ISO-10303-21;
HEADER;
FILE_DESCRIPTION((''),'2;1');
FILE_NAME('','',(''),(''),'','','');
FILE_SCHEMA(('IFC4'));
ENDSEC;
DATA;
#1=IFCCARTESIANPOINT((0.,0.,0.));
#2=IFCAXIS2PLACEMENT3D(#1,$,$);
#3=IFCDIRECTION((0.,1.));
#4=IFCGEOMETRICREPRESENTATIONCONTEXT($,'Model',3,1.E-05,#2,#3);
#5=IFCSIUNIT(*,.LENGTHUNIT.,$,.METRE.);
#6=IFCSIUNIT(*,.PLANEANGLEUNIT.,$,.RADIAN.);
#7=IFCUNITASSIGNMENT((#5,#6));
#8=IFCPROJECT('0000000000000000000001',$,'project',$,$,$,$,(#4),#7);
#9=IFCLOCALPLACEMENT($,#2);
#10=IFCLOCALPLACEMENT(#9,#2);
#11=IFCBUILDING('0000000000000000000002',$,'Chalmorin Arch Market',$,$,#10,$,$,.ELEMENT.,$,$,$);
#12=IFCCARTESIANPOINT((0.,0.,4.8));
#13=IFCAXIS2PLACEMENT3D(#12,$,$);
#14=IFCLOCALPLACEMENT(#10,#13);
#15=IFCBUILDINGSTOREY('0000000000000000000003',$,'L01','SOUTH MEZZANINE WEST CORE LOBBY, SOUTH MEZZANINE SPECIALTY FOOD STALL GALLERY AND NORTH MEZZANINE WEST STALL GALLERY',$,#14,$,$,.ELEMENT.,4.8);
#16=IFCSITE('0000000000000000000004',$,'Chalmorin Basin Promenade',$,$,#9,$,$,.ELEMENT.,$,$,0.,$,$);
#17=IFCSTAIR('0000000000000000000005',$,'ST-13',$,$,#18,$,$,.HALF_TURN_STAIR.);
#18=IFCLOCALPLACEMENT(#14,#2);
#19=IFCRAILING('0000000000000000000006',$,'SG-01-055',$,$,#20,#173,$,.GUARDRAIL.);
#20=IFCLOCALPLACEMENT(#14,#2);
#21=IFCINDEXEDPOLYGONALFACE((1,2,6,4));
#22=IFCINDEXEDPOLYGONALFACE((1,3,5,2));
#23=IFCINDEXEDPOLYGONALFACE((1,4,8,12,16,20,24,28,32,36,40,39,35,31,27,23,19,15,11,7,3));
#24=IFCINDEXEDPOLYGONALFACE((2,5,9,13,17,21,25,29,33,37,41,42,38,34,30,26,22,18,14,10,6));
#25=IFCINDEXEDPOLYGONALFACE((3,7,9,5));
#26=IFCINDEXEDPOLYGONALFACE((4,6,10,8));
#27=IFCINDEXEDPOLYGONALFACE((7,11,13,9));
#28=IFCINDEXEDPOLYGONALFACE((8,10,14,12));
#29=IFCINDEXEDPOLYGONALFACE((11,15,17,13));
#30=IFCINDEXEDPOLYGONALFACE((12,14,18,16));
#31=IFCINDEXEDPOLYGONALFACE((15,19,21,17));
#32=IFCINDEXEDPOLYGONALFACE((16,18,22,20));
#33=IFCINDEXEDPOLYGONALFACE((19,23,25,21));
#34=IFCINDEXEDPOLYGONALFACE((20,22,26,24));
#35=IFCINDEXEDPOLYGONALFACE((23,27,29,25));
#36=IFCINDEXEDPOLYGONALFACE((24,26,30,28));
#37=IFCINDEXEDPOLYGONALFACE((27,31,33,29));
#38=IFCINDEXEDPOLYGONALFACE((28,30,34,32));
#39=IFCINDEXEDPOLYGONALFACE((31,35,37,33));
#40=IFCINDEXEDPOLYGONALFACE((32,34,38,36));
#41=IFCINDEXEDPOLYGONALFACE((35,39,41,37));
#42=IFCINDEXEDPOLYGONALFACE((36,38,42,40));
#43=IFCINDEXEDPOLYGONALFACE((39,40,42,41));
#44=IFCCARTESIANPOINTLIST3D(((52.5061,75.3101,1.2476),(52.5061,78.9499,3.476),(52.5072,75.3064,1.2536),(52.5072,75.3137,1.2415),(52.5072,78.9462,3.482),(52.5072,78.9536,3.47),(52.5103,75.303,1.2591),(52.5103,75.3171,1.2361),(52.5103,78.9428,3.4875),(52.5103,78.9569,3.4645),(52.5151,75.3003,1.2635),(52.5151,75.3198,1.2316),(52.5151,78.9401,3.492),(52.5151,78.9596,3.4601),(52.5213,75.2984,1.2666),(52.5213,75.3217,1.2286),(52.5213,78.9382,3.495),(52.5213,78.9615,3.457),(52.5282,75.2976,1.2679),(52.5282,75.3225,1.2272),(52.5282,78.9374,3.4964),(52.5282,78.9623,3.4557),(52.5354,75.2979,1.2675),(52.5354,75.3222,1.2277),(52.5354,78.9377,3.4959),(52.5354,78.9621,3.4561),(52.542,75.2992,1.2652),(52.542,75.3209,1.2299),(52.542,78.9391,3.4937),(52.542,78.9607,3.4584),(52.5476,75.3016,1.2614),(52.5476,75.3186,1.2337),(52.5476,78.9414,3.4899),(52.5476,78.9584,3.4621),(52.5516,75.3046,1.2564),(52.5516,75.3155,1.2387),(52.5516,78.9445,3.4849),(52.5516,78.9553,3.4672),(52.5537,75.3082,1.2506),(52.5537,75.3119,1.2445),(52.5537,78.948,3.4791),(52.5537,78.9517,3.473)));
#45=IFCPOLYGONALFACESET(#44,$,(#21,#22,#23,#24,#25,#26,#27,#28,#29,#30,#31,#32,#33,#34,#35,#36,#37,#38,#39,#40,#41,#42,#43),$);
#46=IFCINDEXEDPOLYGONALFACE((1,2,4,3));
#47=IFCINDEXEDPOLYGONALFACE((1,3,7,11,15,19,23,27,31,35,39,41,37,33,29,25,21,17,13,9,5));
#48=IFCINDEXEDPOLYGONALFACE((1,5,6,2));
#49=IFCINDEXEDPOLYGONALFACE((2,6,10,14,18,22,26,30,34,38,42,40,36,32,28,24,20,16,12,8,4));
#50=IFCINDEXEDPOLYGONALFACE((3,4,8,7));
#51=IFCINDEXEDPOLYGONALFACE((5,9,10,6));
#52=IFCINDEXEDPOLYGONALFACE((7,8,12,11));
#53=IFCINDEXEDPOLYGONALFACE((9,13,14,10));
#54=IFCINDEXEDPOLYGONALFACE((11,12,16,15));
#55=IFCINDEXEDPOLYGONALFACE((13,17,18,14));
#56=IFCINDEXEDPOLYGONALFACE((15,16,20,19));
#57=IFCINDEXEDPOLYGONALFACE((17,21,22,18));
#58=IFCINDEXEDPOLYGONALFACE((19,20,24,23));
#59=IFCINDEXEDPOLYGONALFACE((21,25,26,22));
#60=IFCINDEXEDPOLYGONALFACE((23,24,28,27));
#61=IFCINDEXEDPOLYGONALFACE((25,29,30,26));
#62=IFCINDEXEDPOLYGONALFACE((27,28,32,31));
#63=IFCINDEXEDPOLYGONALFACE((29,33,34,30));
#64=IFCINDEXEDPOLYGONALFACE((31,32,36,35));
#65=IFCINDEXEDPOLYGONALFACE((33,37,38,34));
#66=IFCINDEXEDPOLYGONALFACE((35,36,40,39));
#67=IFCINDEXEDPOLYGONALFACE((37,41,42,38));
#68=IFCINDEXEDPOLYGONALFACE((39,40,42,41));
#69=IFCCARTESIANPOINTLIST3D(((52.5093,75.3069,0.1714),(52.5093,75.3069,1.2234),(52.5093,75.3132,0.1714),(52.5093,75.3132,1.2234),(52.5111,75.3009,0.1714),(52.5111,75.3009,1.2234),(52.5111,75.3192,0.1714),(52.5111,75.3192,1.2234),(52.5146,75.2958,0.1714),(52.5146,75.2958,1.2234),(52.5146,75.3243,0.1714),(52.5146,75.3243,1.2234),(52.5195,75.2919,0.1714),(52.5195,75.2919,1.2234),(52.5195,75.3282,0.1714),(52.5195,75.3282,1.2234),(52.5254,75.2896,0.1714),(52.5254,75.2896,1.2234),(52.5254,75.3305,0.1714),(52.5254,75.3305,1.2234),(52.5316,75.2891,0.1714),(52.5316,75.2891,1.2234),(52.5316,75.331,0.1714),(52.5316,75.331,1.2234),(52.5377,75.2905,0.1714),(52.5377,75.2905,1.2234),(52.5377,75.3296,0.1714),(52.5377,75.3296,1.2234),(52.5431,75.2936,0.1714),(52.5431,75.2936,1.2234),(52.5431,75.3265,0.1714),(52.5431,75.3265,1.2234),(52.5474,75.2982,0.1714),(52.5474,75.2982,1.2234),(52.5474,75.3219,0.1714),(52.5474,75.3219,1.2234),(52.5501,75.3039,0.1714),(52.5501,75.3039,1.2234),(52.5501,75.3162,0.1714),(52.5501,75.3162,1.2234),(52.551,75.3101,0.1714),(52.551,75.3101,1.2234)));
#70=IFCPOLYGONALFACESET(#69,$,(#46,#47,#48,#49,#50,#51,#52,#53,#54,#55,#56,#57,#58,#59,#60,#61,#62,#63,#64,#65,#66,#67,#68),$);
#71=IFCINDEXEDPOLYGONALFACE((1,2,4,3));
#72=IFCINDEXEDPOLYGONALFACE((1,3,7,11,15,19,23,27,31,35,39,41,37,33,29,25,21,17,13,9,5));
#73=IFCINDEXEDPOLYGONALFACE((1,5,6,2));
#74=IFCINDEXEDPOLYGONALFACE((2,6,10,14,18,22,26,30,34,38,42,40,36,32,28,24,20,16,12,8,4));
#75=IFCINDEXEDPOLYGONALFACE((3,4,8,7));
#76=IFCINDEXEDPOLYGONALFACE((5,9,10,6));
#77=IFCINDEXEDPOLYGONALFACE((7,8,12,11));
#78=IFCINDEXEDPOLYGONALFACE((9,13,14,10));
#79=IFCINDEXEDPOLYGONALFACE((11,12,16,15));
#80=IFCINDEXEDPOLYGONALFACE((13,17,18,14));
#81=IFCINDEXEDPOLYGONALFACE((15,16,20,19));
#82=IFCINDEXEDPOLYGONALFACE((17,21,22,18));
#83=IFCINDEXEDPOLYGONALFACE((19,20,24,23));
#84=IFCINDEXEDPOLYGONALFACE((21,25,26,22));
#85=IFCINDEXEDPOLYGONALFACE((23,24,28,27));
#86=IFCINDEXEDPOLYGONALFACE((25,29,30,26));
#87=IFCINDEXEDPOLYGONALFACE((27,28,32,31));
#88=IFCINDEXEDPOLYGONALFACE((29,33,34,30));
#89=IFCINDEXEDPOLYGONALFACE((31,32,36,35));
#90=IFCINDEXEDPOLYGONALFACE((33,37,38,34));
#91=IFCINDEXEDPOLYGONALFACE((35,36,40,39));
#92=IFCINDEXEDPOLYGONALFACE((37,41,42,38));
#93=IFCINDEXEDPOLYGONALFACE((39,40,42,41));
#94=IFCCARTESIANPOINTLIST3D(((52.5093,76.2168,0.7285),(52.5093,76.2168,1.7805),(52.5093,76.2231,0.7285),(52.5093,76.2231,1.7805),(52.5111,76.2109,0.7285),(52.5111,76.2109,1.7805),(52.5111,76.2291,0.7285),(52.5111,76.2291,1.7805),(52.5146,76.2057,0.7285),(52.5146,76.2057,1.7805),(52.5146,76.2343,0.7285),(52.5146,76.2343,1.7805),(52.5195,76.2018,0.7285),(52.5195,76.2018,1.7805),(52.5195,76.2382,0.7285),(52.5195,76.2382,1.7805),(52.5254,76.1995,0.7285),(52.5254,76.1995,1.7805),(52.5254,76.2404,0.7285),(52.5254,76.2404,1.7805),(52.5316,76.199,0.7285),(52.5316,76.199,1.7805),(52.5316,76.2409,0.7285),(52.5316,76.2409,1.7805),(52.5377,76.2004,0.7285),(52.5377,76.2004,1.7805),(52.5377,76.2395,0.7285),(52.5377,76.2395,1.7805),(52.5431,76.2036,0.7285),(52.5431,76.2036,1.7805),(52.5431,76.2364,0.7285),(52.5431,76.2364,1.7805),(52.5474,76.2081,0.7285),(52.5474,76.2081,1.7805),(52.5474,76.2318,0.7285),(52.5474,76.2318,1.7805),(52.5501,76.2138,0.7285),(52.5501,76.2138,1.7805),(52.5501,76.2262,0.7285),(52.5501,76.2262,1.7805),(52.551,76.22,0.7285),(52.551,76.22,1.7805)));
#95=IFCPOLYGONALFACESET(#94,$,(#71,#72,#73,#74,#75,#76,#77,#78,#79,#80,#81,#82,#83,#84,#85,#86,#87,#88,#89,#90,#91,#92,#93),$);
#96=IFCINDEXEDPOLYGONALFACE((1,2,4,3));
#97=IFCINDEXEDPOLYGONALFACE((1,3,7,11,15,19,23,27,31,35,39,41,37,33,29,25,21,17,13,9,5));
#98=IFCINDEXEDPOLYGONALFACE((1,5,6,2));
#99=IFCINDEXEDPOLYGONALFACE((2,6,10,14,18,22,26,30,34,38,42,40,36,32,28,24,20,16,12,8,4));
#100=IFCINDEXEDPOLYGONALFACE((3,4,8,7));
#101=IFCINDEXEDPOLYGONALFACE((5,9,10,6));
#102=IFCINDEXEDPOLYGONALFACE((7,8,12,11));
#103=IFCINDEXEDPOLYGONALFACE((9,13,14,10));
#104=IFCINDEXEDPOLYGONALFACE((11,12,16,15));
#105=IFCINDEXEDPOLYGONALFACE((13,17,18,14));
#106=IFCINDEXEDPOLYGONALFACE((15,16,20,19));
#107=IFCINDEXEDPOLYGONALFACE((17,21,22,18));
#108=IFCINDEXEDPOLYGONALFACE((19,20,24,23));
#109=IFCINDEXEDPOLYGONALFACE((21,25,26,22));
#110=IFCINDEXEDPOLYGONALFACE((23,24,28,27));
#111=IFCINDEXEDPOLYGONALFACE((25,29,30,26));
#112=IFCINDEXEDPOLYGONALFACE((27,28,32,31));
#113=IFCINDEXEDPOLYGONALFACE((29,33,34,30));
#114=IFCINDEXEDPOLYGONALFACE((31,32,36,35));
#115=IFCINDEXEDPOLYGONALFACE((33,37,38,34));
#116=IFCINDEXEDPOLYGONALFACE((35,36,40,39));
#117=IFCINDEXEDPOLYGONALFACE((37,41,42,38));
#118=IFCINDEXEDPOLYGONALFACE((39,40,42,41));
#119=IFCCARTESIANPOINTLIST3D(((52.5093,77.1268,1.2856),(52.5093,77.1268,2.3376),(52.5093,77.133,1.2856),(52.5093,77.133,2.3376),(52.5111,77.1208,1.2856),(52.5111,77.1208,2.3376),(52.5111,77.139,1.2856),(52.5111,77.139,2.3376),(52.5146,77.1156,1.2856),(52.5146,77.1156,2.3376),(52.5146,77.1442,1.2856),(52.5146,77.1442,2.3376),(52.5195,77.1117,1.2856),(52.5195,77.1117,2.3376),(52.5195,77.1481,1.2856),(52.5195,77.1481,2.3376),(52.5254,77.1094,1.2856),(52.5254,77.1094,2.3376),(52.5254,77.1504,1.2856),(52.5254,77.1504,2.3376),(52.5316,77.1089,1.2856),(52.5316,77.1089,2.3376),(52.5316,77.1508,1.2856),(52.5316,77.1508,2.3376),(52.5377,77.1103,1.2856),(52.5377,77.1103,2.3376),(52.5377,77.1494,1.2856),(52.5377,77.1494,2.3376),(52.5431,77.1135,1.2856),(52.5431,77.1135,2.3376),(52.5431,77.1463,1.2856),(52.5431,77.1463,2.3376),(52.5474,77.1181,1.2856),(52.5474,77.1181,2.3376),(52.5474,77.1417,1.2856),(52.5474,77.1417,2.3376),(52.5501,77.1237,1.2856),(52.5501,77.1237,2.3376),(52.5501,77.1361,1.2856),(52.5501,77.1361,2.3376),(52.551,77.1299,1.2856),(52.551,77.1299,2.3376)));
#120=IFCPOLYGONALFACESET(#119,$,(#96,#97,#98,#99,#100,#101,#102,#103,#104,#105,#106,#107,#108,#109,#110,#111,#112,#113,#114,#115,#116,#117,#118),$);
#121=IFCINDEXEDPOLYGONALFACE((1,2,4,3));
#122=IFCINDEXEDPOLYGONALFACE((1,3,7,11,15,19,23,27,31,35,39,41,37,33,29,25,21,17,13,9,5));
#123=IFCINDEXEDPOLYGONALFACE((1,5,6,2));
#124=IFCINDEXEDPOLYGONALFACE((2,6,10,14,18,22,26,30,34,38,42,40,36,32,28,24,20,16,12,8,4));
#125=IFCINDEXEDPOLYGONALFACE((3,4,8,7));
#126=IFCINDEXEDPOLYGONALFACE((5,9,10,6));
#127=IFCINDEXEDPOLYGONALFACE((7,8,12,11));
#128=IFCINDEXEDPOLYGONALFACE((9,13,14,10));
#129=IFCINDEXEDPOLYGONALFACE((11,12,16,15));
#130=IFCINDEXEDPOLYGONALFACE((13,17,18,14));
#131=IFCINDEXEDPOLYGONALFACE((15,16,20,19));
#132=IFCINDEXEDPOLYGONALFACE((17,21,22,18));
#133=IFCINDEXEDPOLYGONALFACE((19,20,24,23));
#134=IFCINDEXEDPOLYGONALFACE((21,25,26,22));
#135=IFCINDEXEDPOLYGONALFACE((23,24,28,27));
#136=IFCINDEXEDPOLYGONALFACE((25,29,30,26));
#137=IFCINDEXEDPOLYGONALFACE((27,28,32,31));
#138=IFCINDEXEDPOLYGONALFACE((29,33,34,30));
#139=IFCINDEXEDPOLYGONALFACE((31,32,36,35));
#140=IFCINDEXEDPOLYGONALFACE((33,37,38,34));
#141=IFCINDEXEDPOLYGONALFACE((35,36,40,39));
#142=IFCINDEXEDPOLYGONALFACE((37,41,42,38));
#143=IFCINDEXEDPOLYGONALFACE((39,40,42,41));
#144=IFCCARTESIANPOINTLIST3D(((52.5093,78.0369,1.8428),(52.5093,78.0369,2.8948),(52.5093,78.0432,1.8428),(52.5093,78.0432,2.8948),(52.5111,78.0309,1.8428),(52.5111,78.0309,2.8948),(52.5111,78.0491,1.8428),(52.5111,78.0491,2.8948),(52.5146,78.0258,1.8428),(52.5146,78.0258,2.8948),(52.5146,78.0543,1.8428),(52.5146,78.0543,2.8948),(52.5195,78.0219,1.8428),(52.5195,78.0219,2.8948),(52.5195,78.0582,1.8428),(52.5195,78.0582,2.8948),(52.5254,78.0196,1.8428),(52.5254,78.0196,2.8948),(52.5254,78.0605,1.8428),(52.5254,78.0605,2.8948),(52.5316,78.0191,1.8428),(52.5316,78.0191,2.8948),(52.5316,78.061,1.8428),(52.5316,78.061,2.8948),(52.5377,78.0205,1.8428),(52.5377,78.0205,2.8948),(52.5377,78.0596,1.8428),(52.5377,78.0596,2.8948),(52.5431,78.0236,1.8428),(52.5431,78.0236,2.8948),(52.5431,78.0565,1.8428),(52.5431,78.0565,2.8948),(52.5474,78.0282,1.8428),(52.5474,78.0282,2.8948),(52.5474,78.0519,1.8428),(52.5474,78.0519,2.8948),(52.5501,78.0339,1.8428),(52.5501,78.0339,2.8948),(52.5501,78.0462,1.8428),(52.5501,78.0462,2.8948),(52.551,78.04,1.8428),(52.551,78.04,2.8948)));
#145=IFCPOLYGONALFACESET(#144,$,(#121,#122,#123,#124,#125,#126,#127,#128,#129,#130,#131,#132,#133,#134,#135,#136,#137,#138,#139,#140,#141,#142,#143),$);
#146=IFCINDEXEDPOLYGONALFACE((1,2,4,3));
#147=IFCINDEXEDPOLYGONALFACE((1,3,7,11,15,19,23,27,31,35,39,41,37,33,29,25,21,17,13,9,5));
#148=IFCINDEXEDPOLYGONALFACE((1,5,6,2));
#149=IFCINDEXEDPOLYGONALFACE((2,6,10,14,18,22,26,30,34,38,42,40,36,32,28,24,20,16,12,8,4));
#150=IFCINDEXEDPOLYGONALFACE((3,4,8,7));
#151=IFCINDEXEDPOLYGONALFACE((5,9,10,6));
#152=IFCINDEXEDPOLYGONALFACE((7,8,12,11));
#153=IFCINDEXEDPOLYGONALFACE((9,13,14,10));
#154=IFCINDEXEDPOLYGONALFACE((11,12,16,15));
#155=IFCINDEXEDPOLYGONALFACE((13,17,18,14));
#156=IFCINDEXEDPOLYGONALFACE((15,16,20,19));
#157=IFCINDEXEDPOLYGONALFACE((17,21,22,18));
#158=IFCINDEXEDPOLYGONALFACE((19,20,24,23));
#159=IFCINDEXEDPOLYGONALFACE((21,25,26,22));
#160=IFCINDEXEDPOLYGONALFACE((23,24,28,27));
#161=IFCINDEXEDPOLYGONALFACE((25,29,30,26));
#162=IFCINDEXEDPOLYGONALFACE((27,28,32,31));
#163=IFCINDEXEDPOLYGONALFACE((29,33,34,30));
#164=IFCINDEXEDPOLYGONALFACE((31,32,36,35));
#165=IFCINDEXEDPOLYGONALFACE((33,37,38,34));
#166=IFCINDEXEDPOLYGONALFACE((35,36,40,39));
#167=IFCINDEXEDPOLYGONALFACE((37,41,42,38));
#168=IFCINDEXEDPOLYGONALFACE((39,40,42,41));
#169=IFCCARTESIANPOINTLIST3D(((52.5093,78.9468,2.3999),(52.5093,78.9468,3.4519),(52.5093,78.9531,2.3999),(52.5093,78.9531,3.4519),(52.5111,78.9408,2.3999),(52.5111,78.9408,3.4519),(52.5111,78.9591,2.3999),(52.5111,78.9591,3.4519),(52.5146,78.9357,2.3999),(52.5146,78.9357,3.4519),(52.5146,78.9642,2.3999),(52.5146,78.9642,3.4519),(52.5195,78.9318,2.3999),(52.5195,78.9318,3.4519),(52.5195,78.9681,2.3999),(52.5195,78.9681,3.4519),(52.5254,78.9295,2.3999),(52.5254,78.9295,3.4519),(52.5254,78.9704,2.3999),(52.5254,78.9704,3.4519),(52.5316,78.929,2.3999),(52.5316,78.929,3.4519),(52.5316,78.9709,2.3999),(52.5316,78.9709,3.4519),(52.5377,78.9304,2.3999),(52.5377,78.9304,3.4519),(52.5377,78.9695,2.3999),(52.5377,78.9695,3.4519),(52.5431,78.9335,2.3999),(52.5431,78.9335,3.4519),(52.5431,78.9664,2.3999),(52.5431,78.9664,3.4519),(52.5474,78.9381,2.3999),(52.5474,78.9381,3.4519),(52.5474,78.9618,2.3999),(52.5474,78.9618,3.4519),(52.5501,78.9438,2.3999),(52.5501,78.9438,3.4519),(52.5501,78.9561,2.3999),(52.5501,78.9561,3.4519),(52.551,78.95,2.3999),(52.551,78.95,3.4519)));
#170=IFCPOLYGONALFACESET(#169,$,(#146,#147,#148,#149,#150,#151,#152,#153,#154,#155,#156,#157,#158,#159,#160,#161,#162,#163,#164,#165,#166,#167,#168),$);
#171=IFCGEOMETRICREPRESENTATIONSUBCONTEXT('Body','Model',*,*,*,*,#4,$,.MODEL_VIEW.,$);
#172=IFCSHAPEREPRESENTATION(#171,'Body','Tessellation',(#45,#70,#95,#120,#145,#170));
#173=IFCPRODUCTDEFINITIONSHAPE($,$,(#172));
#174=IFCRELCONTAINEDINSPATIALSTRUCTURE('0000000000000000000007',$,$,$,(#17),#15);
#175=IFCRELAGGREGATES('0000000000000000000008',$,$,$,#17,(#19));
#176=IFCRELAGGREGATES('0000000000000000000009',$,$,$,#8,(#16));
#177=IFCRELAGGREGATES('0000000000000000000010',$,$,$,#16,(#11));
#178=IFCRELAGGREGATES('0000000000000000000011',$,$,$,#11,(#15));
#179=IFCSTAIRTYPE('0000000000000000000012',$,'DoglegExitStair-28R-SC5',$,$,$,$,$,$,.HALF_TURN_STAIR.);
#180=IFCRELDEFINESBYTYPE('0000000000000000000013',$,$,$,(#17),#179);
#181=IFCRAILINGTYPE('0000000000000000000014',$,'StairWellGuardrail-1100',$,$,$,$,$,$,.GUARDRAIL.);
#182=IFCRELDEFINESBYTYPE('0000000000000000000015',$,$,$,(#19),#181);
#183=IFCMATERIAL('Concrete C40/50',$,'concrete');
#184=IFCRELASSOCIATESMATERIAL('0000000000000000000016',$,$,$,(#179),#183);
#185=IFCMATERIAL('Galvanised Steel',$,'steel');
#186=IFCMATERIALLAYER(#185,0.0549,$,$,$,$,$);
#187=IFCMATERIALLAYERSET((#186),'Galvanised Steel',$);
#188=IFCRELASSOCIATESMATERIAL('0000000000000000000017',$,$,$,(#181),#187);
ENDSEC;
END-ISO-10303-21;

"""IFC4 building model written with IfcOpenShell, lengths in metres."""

from ifc_helpers import new_model, si_unit, direction, frame, origin, origin_2d, place, context, subcontext, project, spatial, circle, extrude, material, layer, layer_set, type_object, element, aggregate, save


model = new_model("IFC4")

# Units and contexts
model_context = context("Model", 3, precision=1e-05, world=origin(), true_north=direction((0.0, 1.0)))
body_context = subcontext(model_context, "Body", "Model", "MODEL_VIEW")
ifc_project = project(units=[si_unit("LENGTHUNIT", "METRE"), si_unit("PLANEANGLEUNIT", "RADIAN")], contexts=[model_context])

# Site, building, storey
site_placement = place(None, origin())
site = spatial("IfcSite", under=ifc_project, at=site_placement, Name="Chalmorin Basin Promenade", CompositionType="ELEMENT", RefElevation=0.0)
building_placement = place(site_placement, origin())
building = spatial("IfcBuilding", under=site, at=building_placement, Name="Chalmorin Arch Market", CompositionType="ELEMENT")
storey_placement = place(building_placement, frame((0.0, 0.0, 4.8)))
storey = spatial("IfcBuildingStorey", under=building, at=storey_placement, Name="L01", Description="SOUTH MEZZANINE WEST CORE LOBBY, SOUTH MEZZANINE SPECIALTY FOOD STALL GALLERY AND NORTH MEZZANINE WEST STALL GALLERY", CompositionType="ELEMENT", Elevation=4.8)

# Shared definitions
ifc_material_1 = material(Name="Concrete C40/50", Category="concrete")

# Shared definitions
ifc_material_2 = material(Name="Galvanised Steel", Category="steel")

# Stair, railing
stair_type = type_object("IfcStairType", Name="DoglegExitStair-28R-SC5", PredefinedType="HALF_TURN_STAIR", material=ifc_material_1)
stair_placement = place(storey_placement, origin())
stair = element("IfcStair", 1, at=stair_placement, inside=storey, type_object=stair_type, Name="ST-13", PredefinedType="HALF_TURN_STAIR")
ifc_layer_1 = layer(ifc_material_2, 0.0549)
ifc_layer_set_1 = layer_set([ifc_layer_1], Name="Galvanised Steel")
railing_type_1 = type_object("IfcRailingType", Name="StairWellGuardrail-1100", PredefinedType="GUARDRAIL", material=ifc_layer_set_1)
railing_1_placement = place(storey_placement, frame((52.53, 75.3101, 0.1714)))
railing_1 = element("IfcRailing", 2, at=railing_1_placement, type_object=railing_type_1, Name="SG-01-055", PredefinedType="GUARDRAIL", context=body_context, shape_type="SweptSolid", body=[
    extrude(circle(Radius=0.0239, at=origin_2d()), frame((0.0, 0.0, 1.0762), z_axis=(0.0, 0.85285, 0.522156), x_axis=(-1.0, 0.0, 0.0)), (0.0, 0.0, 1.0), 4.2678),
    extrude(circle(Radius=0.021, at=origin_2d()), origin(), (0.0, 0.0, 1.0), 1.052),
    extrude(circle(Radius=0.021, at=origin_2d()), frame((0.0, 0.9099, 0.5571)), (0.0, 0.0, 1.0), 1.052),
    extrude(circle(Radius=0.021, at=origin_2d()), frame((0.0, 1.8198, 1.1143)), (0.0, 0.0, 1.0), 1.052),
    extrude(circle(Radius=0.021, at=origin_2d()), frame((0.0, 2.73, 1.6714)), (0.0, 0.0, 1.0), 1.052),
    extrude(circle(Radius=0.021, at=origin_2d()), frame((0.0, 3.6399, 2.2285)), (0.0, 0.0, 1.0), 1.052),
])
aggregate(stair, [railing_1])

save(model, "model.ifc")
